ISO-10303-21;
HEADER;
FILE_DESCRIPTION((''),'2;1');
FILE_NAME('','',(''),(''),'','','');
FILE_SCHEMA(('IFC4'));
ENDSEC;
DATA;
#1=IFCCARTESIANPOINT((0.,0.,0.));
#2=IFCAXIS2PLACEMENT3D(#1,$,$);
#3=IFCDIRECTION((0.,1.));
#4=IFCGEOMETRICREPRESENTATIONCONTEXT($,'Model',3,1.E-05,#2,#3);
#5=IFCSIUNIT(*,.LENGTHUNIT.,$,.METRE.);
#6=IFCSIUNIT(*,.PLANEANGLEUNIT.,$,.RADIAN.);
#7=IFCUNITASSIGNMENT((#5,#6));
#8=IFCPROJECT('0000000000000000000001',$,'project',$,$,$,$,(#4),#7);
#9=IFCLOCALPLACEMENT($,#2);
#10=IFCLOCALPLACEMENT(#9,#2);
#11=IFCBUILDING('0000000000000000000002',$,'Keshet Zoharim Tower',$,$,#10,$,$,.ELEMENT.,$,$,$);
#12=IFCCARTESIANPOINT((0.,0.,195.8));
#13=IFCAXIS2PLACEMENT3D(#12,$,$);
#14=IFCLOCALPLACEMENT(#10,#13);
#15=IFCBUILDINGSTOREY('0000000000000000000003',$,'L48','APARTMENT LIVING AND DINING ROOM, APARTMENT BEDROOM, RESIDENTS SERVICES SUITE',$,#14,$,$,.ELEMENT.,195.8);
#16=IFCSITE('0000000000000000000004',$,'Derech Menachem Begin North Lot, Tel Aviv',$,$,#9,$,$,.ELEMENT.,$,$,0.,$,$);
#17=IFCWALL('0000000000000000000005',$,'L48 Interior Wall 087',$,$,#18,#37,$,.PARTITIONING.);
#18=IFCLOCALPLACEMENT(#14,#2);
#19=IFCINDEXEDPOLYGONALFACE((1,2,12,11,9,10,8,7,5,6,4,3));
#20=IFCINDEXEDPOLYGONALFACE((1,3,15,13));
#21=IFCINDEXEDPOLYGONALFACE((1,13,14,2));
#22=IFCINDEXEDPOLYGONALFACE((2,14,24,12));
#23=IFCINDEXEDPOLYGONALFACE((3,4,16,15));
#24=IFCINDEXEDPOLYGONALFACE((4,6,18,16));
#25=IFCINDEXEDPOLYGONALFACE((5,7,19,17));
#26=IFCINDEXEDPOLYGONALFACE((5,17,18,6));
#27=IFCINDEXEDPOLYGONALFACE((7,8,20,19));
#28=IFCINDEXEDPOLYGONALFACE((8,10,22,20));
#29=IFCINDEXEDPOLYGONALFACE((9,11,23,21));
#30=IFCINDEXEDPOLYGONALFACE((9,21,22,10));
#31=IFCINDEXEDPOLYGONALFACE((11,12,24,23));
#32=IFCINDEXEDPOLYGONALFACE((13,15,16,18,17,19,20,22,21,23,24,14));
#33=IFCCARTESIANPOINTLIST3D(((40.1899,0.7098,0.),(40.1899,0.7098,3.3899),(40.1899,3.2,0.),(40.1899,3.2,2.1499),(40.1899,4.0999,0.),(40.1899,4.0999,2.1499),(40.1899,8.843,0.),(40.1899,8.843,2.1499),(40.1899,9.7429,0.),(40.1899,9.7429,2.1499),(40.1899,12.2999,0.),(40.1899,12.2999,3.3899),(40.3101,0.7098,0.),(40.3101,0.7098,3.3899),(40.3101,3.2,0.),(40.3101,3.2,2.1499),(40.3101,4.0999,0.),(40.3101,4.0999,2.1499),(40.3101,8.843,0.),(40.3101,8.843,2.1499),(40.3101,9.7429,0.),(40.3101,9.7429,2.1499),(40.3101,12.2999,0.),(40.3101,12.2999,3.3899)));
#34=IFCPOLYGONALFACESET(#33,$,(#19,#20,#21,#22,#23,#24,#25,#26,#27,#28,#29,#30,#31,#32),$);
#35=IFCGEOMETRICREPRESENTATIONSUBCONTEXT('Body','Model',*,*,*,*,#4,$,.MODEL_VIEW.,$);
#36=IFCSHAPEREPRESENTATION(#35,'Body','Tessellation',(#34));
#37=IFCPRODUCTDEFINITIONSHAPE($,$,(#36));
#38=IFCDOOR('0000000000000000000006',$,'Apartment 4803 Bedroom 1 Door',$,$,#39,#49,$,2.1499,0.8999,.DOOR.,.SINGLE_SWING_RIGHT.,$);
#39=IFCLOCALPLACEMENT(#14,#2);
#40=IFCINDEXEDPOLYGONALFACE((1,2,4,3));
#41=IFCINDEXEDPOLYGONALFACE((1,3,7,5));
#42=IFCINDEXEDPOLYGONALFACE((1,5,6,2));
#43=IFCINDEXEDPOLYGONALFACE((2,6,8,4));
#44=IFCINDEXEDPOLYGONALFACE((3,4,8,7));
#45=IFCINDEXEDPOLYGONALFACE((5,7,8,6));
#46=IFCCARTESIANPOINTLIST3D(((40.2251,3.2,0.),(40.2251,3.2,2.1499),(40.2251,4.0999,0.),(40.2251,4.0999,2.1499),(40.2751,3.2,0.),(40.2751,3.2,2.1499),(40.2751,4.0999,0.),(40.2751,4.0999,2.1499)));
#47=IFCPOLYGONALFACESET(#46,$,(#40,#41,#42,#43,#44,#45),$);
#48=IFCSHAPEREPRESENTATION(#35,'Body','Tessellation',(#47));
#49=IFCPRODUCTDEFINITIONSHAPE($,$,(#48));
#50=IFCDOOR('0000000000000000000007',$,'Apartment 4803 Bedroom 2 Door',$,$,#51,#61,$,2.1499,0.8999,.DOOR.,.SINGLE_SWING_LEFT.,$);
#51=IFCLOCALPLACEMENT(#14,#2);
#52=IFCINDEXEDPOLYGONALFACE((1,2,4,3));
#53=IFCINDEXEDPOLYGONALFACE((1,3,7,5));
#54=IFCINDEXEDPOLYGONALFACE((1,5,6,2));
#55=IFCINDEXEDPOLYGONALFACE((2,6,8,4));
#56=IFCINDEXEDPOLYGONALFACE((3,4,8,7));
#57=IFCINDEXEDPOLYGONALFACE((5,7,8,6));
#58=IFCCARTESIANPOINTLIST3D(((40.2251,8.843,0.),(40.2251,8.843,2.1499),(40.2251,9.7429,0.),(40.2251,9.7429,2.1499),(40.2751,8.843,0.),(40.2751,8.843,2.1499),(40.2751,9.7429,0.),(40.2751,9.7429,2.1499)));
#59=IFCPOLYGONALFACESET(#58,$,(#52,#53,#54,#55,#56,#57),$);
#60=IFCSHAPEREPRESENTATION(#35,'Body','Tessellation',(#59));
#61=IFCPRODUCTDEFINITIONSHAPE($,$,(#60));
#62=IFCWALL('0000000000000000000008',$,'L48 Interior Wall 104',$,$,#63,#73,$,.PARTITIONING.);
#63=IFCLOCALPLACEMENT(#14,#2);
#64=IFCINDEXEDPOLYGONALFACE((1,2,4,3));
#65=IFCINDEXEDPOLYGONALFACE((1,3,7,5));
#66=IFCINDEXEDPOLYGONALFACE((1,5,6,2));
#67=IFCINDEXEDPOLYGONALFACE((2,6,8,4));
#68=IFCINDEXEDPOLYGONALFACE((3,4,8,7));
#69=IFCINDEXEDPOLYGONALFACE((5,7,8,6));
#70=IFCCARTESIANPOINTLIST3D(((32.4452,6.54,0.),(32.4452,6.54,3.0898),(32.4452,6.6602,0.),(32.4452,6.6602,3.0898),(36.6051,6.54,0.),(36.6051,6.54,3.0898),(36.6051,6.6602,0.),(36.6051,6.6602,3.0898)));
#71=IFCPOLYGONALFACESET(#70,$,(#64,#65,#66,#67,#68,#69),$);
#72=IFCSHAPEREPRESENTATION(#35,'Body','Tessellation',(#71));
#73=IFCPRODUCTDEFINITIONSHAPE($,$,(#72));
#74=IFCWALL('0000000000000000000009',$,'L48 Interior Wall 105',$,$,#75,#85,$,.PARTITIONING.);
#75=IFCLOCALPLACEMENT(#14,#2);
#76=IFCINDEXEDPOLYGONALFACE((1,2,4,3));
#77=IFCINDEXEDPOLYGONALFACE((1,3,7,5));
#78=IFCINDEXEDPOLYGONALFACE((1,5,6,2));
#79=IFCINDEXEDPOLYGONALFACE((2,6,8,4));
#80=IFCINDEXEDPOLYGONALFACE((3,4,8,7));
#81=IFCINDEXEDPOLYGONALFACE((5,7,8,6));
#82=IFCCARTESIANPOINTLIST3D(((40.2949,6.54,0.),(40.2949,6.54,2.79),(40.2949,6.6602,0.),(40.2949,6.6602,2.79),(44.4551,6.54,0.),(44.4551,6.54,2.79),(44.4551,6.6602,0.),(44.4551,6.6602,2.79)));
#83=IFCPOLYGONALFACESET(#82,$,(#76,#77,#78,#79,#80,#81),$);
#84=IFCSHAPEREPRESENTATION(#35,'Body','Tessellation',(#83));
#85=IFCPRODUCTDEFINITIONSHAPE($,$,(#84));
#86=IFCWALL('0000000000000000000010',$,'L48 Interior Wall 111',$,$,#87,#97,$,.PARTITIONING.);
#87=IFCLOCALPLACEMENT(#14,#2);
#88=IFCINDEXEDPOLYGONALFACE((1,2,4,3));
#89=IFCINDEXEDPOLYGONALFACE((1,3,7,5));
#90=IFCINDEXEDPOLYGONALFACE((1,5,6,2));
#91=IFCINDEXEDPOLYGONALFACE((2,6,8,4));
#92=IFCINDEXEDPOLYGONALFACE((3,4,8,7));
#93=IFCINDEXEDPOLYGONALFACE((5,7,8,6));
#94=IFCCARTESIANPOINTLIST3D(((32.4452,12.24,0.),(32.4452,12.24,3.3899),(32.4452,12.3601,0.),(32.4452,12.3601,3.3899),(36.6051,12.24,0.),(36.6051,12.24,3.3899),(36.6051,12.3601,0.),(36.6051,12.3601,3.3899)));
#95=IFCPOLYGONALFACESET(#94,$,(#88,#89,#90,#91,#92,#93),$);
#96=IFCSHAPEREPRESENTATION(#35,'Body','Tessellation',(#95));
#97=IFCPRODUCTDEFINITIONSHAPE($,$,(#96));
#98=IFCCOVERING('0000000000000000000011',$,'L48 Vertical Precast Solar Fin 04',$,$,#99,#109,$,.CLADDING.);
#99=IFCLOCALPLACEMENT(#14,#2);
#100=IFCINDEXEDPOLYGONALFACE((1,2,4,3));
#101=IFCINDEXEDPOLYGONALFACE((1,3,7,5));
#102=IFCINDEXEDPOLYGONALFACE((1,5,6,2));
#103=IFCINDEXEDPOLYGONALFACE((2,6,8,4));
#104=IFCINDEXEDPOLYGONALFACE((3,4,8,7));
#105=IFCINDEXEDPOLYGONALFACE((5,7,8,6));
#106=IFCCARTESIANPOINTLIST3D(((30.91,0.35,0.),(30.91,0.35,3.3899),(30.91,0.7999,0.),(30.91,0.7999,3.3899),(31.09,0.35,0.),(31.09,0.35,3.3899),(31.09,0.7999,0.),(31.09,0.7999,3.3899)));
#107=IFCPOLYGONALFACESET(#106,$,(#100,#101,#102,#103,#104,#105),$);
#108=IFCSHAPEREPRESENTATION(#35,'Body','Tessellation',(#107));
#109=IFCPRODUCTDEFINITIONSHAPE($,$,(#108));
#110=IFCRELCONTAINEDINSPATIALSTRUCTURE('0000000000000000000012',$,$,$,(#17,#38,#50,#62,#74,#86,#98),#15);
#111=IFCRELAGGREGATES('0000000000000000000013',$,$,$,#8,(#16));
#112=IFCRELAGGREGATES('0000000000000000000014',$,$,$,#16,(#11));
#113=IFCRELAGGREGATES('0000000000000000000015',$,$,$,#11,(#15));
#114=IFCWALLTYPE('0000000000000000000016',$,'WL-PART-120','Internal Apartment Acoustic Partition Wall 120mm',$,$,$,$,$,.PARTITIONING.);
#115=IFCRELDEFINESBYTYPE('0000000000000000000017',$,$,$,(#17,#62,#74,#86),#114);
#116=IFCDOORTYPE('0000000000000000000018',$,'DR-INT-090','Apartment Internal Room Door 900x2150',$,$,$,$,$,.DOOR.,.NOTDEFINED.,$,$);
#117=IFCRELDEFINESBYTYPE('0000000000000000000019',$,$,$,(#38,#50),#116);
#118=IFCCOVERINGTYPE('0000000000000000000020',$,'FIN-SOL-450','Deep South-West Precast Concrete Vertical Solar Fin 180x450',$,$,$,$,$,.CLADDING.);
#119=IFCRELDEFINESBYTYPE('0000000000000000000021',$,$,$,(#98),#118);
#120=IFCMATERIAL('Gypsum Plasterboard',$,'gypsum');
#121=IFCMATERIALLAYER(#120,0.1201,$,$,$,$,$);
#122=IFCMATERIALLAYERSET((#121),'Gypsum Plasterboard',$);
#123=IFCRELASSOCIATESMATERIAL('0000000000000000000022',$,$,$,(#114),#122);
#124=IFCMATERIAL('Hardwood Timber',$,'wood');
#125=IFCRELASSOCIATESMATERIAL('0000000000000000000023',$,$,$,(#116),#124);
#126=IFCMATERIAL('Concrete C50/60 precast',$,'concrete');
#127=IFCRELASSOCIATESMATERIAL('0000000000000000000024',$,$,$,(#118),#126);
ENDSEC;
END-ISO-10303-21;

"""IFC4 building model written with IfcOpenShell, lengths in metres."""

from ifc_helpers import new_model, si_unit, direction, frame, frame_2d, origin, origin_2d, place, context, subcontext, project, spatial, rectangle, extrude, material, layer, layer_set, type_object, element, fill, save


model = new_model("IFC4")

# Units and contexts
model_context = context("Model", 3, precision=1e-05, world=origin(), true_north=direction((0.0, 1.0)))
body_context = subcontext(model_context, "Body", "Model", "MODEL_VIEW")
ifc_project = project(units=[si_unit("LENGTHUNIT", "METRE"), si_unit("PLANEANGLEUNIT", "RADIAN")], contexts=[model_context])

# Site, building, storey
site_placement = place(None, origin())
site = spatial("IfcSite", under=ifc_project, at=site_placement, Name="Derech Menachem Begin North Lot, Tel Aviv", CompositionType="ELEMENT", RefElevation=0.0)
building_placement = place(site_placement, origin())
building = spatial("IfcBuilding", under=site, at=building_placement, Name="Keshet Zoharim Tower", CompositionType="ELEMENT")
storey_placement = place(building_placement, frame((0.0, 0.0, 195.8)))
storey = spatial("IfcBuildingStorey", under=building, at=storey_placement, Name="L48", Description="APARTMENT LIVING AND DINING ROOM, APARTMENT BEDROOM, RESIDENTS SERVICES SUITE", CompositionType="ELEMENT", Elevation=195.8)

# Shared definitions
ifc_material_1 = material(Name="Gypsum Plasterboard", Category="gypsum")
ifc_layer_1 = layer(ifc_material_1, 0.1201)
ifc_layer_set_1 = layer_set([ifc_layer_1], Name="Gypsum Plasterboard")
wall_type = type_object("IfcWallType", Name="WL-PART-120", Description="Internal Apartment Acoustic Partition Wall 120mm", PredefinedType="PARTITIONING", material=ifc_layer_set_1)

# Shared definitions
ifc_material_2 = material(Name="Hardwood Timber", Category="wood")
door_type = type_object("IfcDoorType", Name="DR-INT-090", Description="Apartment Internal Room Door 900x2150", OperationType="NOTDEFINED", PredefinedType="DOOR", material=ifc_material_2)

# Wall, openings, doors
wall_1_placement = place(storey_placement, frame((40.25, 0.71, 0.0), z_axis=(0.0, 0.0, 1.0), x_axis=(0.0, 1.0, 0.0)))
wall_1 = element("IfcWall", 1, at=wall_1_placement, inside=storey, type_object=wall_type, Name="L48 Interior Wall 087", PredefinedType="PARTITIONING", context=body_context, shape_type="SweptSolid", body=[
    extrude(rectangle(XDim=11.5901, YDim=0.1201, at=frame_2d((5.7949, 0.0))), origin(), (0.0, 0.0, 1.0), 3.3899),
])
opening_1_placement = place(wall_1_placement, frame((2.49, 0.0, 0.0)))
opening_1 = element("IfcOpeningElement", 2, at=opening_1_placement, cuts=wall_1, PredefinedType="OPENING", context=body_context, shape_type="SweptSolid", body=[
    extrude(rectangle(XDim=0.8999, YDim=2.1499, at=frame_2d((0.45, 1.075))), frame((0.0, 0.0701, 0.0), z_axis=(0.0, -1.0, 0.0), x_axis=(1.0, 0.0, 0.0)), (0.0, 0.0, 1.0), 0.1401),
])
opening_2_placement = place(wall_1_placement, frame((8.1331, 0.0, 0.0)))
opening_2 = element("IfcOpeningElement", 3, at=opening_2_placement, cuts=wall_1, PredefinedType="OPENING", context=body_context, shape_type="SweptSolid", body=[
    extrude(rectangle(XDim=0.8999, YDim=2.1499, at=frame_2d((0.45, 1.075))), frame((0.0, 0.0701, 0.0), z_axis=(0.0, -1.0, 0.0), x_axis=(1.0, 0.0, 0.0)), (0.0, 0.0, 1.0), 0.1401),
])
door_1_placement = place(opening_1_placement, origin())
door_1 = element("IfcDoor", 4, at=door_1_placement, inside=storey, type_object=door_type, Name="Apartment 4803 Bedroom 1 Door", OperationType="SINGLE_SWING_RIGHT", OverallHeight=2.1499, OverallWidth=0.8999, PredefinedType="DOOR", context=body_context, shape_type="SweptSolid", body=[
    extrude(rectangle(XDim=0.8999, YDim=2.1499, at=frame_2d((0.45, 1.075))), frame((0.0, 0.0249, 0.0), z_axis=(0.0, -1.0, 0.0), x_axis=(1.0, 0.0, 0.0)), (0.0, 0.0, 1.0), 0.05),
])
fill(opening_1, door_1)
door_2_placement = place(opening_2_placement, origin())
door_2 = element("IfcDoor", 5, at=door_2_placement, inside=storey, type_object=door_type, Name="Apartment 4803 Bedroom 2 Door", OperationType="SINGLE_SWING_LEFT", OverallHeight=2.1499, OverallWidth=0.8999, PredefinedType="DOOR", context=body_context, shape_type="SweptSolid", body=[
    extrude(rectangle(XDim=0.8999, YDim=2.1499, at=frame_2d((0.45, 1.075))), frame((0.0, 0.0249, 0.0), z_axis=(0.0, -1.0, 0.0), x_axis=(1.0, 0.0, 0.0)), (0.0, 0.0, 1.0), 0.05),
])
fill(opening_2, door_2)

# Walls
wall_2_placement = place(storey_placement, frame((32.4451, 6.6001, 0.0), z_axis=(0.0, 0.0, 1.0), x_axis=(1.0, 0.0, 0.0)))
element("IfcWall", 6, at=wall_2_placement, inside=storey, type_object=wall_type, Name="L48 Interior Wall 104", PredefinedType="PARTITIONING", context=body_context, shape_type="SweptSolid", body=[
    extrude(rectangle(XDim=4.1599, YDim=0.1201, at=frame_2d((2.0801, 0.0))), origin(), (0.0, 0.0, 1.0), 3.0898),
])
wall_3_placement = place(storey_placement, frame((40.2949, 6.6001, 0.0), z_axis=(0.0, 0.0, 1.0), x_axis=(1.0, 0.0, 0.0)))
element("IfcWall", 7, at=wall_3_placement, inside=storey, type_object=wall_type, Name="L48 Interior Wall 105", PredefinedType="PARTITIONING", context=body_context, shape_type="SweptSolid", body=[
    extrude(rectangle(XDim=4.1602, YDim=0.1201, at=frame_2d((2.0801, 0.0))), origin(), (0.0, 0.0, 1.0), 2.79),
])
wall_4_placement = place(storey_placement, frame((32.4451, 12.3, 0.0), z_axis=(0.0, 0.0, 1.0), x_axis=(1.0, 0.0, 0.0)))
element("IfcWall", 8, at=wall_4_placement, inside=storey, type_object=wall_type, Name="L48 Interior Wall 111", PredefinedType="PARTITIONING", context=body_context, shape_type="SweptSolid", body=[
    extrude(rectangle(XDim=4.1599, YDim=0.1201, at=frame_2d((2.0801, 0.0))), origin(), (0.0, 0.0, 1.0), 3.3899),
])

# Covering
ifc_material_3 = material(Name="Concrete C50/60 precast", Category="concrete")
covering_type = type_object("IfcCoveringType", Name="FIN-SOL-450", Description="Deep South-West Precast Concrete Vertical Solar Fin 180x450", PredefinedType="CLADDING", material=ifc_material_3)
covering_placement = place(storey_placement, frame((31.0, 0.575, 0.0), z_axis=(0.0, 0.0, 1.0), x_axis=(-1.0, 0.0, 0.0)))
element("IfcCovering", 9, at=covering_placement, inside=storey, type_object=covering_type, Name="L48 Vertical Precast Solar Fin 04", PredefinedType="CLADDING", context=body_context, shape_type="SweptSolid", body=[
    extrude(rectangle(XDim=0.1799, YDim=0.45, at=origin_2d()), origin(), (0.0, 0.0, 1.0), 3.3899),
])

save(model, "model.ifc")
